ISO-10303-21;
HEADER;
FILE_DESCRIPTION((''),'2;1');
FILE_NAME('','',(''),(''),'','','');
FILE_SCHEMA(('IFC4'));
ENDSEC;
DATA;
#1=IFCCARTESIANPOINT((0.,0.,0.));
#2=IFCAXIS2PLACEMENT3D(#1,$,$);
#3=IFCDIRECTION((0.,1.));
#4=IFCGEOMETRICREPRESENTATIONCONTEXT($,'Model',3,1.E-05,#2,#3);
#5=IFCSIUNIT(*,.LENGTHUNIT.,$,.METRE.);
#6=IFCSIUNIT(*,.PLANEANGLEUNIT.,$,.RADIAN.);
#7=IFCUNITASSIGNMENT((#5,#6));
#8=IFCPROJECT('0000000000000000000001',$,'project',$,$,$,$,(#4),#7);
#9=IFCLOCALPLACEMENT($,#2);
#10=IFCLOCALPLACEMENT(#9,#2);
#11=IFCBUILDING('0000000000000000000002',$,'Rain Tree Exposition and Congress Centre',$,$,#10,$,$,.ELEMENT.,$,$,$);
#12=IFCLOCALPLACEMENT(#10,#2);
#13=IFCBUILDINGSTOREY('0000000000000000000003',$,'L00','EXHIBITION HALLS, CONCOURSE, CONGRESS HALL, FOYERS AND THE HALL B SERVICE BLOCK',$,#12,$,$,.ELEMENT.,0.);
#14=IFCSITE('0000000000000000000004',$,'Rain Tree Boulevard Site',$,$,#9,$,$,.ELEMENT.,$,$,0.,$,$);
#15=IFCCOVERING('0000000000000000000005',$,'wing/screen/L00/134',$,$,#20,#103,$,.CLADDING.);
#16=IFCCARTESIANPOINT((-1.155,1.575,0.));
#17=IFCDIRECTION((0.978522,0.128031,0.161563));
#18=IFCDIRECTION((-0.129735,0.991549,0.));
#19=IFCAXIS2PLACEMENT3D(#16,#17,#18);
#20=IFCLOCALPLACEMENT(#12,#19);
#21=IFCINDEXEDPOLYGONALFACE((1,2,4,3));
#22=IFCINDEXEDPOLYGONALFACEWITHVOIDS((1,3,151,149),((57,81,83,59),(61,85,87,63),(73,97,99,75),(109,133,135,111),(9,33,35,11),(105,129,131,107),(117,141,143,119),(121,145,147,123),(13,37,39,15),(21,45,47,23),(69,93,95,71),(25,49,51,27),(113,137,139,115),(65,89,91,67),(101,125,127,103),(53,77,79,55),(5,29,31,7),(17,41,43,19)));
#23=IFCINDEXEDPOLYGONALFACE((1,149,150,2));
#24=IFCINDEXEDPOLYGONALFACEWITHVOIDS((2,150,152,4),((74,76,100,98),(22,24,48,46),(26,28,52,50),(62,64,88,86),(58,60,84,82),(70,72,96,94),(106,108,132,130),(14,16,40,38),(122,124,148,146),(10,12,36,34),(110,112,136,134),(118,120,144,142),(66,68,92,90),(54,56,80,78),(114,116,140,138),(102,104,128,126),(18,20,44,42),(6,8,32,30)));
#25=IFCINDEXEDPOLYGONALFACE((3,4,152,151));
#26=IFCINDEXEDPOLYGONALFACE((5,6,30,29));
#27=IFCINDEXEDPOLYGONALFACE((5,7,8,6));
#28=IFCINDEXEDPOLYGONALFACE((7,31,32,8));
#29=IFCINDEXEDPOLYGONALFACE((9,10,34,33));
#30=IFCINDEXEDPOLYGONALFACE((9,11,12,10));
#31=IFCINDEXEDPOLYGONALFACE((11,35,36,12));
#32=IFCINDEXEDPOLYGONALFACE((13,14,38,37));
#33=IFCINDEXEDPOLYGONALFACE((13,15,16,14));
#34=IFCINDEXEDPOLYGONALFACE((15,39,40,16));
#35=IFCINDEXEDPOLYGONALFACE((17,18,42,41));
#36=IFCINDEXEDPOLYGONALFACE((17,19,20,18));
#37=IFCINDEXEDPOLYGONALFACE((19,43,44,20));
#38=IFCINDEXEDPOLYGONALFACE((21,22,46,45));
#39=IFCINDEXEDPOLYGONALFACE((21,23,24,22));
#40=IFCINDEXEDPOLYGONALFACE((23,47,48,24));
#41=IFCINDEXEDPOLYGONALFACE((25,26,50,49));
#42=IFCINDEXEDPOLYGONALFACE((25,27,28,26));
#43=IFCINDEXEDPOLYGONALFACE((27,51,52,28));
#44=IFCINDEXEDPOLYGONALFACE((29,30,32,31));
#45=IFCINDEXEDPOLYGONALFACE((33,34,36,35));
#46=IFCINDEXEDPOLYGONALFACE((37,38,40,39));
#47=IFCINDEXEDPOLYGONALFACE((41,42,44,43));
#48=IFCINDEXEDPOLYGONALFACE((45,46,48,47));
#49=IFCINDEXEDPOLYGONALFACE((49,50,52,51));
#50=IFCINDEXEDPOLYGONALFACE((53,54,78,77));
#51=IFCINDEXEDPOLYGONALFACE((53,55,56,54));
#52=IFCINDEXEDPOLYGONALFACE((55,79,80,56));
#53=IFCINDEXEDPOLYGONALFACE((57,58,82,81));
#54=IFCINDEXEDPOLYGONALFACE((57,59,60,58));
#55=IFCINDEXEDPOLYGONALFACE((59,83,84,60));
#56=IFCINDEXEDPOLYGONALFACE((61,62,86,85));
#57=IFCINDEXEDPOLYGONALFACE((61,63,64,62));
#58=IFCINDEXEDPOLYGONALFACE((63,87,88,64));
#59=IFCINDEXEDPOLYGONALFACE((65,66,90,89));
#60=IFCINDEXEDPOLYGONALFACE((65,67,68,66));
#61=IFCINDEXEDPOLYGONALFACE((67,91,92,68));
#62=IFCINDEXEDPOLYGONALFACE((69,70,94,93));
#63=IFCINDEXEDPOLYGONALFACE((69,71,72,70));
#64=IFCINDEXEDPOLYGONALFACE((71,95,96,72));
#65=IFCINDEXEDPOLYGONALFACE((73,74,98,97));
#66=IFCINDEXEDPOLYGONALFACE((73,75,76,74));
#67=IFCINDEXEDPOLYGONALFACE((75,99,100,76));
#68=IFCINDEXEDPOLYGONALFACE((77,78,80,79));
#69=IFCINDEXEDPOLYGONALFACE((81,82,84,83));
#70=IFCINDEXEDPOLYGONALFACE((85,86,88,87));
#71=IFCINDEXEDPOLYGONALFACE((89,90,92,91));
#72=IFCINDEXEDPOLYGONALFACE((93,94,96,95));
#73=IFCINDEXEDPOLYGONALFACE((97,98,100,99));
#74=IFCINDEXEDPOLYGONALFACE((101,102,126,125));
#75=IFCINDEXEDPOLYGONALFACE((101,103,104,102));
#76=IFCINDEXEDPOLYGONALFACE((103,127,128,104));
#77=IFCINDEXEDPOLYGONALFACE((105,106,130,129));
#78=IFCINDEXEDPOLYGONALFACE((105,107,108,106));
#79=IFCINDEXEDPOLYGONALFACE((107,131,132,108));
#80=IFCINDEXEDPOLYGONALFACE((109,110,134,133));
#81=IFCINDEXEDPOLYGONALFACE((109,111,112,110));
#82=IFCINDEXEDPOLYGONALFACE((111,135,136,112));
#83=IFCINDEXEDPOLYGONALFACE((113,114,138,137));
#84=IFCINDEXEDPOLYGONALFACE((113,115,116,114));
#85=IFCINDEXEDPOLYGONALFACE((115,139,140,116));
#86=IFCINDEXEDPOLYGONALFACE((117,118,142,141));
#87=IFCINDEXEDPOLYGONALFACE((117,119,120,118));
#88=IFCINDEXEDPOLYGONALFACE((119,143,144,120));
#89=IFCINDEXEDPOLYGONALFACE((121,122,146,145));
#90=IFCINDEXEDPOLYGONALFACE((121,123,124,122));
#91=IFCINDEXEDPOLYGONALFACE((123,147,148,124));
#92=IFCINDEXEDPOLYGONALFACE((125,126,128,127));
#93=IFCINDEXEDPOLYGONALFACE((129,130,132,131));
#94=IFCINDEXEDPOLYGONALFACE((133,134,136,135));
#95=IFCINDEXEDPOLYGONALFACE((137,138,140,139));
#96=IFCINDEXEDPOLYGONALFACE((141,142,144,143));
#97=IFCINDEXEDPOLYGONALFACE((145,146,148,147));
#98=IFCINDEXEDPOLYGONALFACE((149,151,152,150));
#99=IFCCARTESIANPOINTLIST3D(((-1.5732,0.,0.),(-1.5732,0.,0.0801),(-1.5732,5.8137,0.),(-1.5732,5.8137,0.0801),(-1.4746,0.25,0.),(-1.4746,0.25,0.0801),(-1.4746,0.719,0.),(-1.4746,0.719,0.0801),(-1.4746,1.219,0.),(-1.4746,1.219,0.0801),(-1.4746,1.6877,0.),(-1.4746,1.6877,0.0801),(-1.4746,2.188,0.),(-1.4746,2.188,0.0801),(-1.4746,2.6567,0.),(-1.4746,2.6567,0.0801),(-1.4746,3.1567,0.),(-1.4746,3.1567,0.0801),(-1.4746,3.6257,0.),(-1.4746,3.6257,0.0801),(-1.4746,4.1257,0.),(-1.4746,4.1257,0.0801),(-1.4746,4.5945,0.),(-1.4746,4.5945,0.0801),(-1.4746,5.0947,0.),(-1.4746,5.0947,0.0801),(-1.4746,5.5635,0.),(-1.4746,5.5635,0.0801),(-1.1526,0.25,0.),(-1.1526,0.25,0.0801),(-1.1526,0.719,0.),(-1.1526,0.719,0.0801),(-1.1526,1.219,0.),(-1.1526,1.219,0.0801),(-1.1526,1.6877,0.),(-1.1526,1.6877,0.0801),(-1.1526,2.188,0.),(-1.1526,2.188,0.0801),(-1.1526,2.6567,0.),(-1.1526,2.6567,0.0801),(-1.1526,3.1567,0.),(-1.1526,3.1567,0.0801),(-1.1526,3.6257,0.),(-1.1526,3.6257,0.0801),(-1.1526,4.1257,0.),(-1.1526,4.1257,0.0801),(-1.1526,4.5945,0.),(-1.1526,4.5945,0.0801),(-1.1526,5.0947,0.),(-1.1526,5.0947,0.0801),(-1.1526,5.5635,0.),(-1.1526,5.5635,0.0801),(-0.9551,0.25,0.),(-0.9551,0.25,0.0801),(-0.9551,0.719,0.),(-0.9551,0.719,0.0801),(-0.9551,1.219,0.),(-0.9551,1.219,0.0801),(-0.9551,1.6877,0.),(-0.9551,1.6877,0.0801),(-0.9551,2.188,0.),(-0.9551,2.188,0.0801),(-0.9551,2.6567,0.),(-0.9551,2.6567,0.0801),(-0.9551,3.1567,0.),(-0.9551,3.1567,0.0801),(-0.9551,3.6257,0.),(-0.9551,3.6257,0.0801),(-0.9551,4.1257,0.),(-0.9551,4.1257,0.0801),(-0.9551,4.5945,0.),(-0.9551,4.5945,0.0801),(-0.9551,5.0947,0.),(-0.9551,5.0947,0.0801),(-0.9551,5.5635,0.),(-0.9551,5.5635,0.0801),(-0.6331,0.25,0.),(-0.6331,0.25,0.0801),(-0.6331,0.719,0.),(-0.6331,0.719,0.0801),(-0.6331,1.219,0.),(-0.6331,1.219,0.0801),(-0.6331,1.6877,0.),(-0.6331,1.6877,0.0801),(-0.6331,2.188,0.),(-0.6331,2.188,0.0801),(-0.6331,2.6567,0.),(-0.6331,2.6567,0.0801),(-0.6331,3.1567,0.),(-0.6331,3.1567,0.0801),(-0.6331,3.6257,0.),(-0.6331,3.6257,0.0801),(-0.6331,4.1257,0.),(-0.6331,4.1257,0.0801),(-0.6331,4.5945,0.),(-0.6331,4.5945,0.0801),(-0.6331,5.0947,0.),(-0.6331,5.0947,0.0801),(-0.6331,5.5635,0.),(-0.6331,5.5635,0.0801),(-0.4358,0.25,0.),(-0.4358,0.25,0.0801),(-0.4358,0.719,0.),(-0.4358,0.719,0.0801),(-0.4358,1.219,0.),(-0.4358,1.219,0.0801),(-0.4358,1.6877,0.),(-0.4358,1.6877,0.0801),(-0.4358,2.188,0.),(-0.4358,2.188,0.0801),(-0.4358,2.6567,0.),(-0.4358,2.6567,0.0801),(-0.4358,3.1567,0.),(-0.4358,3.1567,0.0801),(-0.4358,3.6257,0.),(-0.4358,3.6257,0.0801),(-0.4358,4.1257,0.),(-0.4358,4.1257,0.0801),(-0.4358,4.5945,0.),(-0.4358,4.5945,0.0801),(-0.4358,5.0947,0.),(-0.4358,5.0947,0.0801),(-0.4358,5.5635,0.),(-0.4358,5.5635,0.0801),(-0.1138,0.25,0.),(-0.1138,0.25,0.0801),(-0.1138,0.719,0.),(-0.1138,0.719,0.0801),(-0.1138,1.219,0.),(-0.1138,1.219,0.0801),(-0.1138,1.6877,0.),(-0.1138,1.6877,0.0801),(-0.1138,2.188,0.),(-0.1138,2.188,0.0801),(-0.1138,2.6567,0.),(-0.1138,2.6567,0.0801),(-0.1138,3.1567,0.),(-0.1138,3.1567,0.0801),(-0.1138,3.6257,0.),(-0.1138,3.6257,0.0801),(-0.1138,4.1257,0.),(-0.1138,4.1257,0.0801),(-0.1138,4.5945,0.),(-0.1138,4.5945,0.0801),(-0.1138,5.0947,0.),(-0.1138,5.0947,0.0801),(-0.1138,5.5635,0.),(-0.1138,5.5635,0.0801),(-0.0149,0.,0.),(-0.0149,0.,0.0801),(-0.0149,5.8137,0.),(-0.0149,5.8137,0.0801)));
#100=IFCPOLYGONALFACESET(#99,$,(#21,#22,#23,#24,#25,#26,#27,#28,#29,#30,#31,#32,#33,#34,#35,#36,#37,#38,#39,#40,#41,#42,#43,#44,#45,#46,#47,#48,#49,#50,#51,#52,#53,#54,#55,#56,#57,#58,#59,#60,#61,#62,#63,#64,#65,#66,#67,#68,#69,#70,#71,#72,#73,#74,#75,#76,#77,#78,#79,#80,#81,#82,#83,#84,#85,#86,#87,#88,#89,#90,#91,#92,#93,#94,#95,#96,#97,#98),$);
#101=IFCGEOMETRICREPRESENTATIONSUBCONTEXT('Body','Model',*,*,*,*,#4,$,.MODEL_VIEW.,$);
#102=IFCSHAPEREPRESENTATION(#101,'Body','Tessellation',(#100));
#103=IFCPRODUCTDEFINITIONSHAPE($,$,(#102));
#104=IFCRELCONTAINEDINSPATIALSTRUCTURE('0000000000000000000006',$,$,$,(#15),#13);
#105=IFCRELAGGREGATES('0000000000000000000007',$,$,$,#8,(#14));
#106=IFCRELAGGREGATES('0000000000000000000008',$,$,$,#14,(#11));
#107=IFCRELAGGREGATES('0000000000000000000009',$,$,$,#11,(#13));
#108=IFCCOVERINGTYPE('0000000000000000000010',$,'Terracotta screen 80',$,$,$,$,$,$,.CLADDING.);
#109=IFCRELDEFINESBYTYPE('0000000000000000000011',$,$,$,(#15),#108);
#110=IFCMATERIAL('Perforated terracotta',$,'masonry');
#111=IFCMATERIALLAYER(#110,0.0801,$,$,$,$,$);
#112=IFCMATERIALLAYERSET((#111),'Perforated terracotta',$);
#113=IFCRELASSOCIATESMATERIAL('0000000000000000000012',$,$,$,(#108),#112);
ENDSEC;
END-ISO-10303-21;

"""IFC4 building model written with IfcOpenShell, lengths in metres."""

from ifc_helpers import new_model, si_unit, direction, frame, origin, place, context, subcontext, project, spatial, polyline, outline, extrude, material, layer, layer_set, type_object, element, save


model = new_model("IFC4")

# Units and contexts
model_context = context("Model", 3, precision=1e-05, world=origin(), true_north=direction((0.0, 1.0)))
body_context = subcontext(model_context, "Body", "Model", "MODEL_VIEW")
ifc_project = project(units=[si_unit("LENGTHUNIT", "METRE"), si_unit("PLANEANGLEUNIT", "RADIAN")], contexts=[model_context])

# Site, building, storey
site_placement = place(None, origin())
site = spatial("IfcSite", under=ifc_project, at=site_placement, Name="Rain Tree Boulevard Site", CompositionType="ELEMENT", RefElevation=0.0)
building_placement = place(site_placement, origin())
building = spatial("IfcBuilding", under=site, at=building_placement, Name="Rain Tree Exposition and Congress Centre", CompositionType="ELEMENT")
storey_placement = place(building_placement, origin())
storey = spatial("IfcBuildingStorey", under=building, at=storey_placement, Name="L00", Description="EXHIBITION HALLS, CONCOURSE, CONGRESS HALL, FOYERS AND THE HALL B SERVICE BLOCK", CompositionType="ELEMENT", Elevation=0.0)

# Covering
ifc_material_1 = material(Name="Perforated terracotta", Category="masonry")
ifc_layer_1 = layer(ifc_material_1, 0.0801)
ifc_layer_set_1 = layer_set([ifc_layer_1], Name="Perforated terracotta")
covering_type_1 = type_object("IfcCoveringType", Name="Terracotta screen 80", PredefinedType="CLADDING", material=ifc_layer_set_1)
covering_1_placement = place(storey_placement, frame((-1.155, 1.575, 0.0), z_axis=(0.978522, 0.128031, 0.161563), x_axis=(-0.129735, 0.991549, 0.0)))
element("IfcCovering", 1, at=covering_1_placement, inside=storey, type_object=covering_type_1, Name="wing/screen/L00/134", PredefinedType="CLADDING", context=body_context, shape_type="SweptSolid", body=[
    extrude(outline(polyline([(-1.5732, 0.0), (-1.5732, 5.8137), (-0.0149, 5.8137), (-0.0149, 0.0), (-1.5732, 0.0)]), holes=[polyline([(-0.1138, 0.25), (-0.1138, 0.719), (-0.4358, 0.719), (-0.4358, 0.25), (-0.1138, 0.25)]), polyline([(-0.1138, 1.219), (-0.1138, 1.6877), (-0.4358, 1.6877), (-0.4358, 1.219), (-0.1138, 1.219)]), polyline([(-0.1138, 2.188), (-0.1138, 2.6567), (-0.4358, 2.6567), (-0.4358, 2.188), (-0.1138, 2.188)]), polyline([(-0.1138, 3.1567), (-0.1138, 3.6257), (-0.4358, 3.6257), (-0.4358, 3.1567), (-0.1138, 3.1567)]), polyline([(-0.1138, 4.1257), (-0.1138, 4.5945), (-0.4358, 4.5945), (-0.4358, 4.1257), (-0.1138, 4.1257)]), polyline([(-0.1138, 5.0947), (-0.1138, 5.5635), (-0.4358, 5.5635), (-0.4358, 5.0947), (-0.1138, 5.0947)]), polyline([(-0.6331, 0.25), (-0.6331, 0.719), (-0.9551, 0.719), (-0.9551, 0.25), (-0.6331, 0.25)]), polyline([(-0.6331, 1.219), (-0.6331, 1.6877), (-0.9551, 1.6877), (-0.9551, 1.219), (-0.6331, 1.219)]), polyline([(-0.6331, 2.188), (-0.6331, 2.6567), (-0.9551, 2.6567), (-0.9551, 2.188), (-0.6331, 2.188)]), polyline([(-0.6331, 3.1567), (-0.6331, 3.6257), (-0.9551, 3.6257), (-0.9551, 3.1567), (-0.6331, 3.1567)]), polyline([(-0.6331, 4.1257), (-0.6331, 4.5945), (-0.9551, 4.5945), (-0.9551, 4.1257), (-0.6331, 4.1257)]), polyline([(-0.6331, 5.0947), (-0.6331, 5.5635), (-0.9551, 5.5635), (-0.9551, 5.0947), (-0.6331, 5.0947)]), polyline([(-1.1526, 0.25), (-1.1526, 0.719), (-1.4746, 0.719), (-1.4746, 0.25), (-1.1526, 0.25)]), polyline([(-1.1526, 1.219), (-1.1526, 1.6877), (-1.4746, 1.6877), (-1.4746, 1.219), (-1.1526, 1.219)]), polyline([(-1.1526, 2.188), (-1.1526, 2.6567), (-1.4746, 2.6567), (-1.4746, 2.188), (-1.1526, 2.188)]), polyline([(-1.1526, 3.1567), (-1.1526, 3.6257), (-1.4746, 3.6257), (-1.4746, 3.1567), (-1.1526, 3.1567)]), polyline([(-1.1526, 4.1257), (-1.1526, 4.5945), (-1.4746, 4.5945), (-1.4746, 4.1257), (-1.1526, 4.1257)]), polyline([(-1.1526, 5.0947), (-1.1526, 5.5635), (-1.4746, 5.5635), (-1.4746, 5.0947), (-1.1526, 5.0947)])]), origin(), (0.0, 0.0, 1.0), 0.0801),
])

save(model, "model.ifc")
